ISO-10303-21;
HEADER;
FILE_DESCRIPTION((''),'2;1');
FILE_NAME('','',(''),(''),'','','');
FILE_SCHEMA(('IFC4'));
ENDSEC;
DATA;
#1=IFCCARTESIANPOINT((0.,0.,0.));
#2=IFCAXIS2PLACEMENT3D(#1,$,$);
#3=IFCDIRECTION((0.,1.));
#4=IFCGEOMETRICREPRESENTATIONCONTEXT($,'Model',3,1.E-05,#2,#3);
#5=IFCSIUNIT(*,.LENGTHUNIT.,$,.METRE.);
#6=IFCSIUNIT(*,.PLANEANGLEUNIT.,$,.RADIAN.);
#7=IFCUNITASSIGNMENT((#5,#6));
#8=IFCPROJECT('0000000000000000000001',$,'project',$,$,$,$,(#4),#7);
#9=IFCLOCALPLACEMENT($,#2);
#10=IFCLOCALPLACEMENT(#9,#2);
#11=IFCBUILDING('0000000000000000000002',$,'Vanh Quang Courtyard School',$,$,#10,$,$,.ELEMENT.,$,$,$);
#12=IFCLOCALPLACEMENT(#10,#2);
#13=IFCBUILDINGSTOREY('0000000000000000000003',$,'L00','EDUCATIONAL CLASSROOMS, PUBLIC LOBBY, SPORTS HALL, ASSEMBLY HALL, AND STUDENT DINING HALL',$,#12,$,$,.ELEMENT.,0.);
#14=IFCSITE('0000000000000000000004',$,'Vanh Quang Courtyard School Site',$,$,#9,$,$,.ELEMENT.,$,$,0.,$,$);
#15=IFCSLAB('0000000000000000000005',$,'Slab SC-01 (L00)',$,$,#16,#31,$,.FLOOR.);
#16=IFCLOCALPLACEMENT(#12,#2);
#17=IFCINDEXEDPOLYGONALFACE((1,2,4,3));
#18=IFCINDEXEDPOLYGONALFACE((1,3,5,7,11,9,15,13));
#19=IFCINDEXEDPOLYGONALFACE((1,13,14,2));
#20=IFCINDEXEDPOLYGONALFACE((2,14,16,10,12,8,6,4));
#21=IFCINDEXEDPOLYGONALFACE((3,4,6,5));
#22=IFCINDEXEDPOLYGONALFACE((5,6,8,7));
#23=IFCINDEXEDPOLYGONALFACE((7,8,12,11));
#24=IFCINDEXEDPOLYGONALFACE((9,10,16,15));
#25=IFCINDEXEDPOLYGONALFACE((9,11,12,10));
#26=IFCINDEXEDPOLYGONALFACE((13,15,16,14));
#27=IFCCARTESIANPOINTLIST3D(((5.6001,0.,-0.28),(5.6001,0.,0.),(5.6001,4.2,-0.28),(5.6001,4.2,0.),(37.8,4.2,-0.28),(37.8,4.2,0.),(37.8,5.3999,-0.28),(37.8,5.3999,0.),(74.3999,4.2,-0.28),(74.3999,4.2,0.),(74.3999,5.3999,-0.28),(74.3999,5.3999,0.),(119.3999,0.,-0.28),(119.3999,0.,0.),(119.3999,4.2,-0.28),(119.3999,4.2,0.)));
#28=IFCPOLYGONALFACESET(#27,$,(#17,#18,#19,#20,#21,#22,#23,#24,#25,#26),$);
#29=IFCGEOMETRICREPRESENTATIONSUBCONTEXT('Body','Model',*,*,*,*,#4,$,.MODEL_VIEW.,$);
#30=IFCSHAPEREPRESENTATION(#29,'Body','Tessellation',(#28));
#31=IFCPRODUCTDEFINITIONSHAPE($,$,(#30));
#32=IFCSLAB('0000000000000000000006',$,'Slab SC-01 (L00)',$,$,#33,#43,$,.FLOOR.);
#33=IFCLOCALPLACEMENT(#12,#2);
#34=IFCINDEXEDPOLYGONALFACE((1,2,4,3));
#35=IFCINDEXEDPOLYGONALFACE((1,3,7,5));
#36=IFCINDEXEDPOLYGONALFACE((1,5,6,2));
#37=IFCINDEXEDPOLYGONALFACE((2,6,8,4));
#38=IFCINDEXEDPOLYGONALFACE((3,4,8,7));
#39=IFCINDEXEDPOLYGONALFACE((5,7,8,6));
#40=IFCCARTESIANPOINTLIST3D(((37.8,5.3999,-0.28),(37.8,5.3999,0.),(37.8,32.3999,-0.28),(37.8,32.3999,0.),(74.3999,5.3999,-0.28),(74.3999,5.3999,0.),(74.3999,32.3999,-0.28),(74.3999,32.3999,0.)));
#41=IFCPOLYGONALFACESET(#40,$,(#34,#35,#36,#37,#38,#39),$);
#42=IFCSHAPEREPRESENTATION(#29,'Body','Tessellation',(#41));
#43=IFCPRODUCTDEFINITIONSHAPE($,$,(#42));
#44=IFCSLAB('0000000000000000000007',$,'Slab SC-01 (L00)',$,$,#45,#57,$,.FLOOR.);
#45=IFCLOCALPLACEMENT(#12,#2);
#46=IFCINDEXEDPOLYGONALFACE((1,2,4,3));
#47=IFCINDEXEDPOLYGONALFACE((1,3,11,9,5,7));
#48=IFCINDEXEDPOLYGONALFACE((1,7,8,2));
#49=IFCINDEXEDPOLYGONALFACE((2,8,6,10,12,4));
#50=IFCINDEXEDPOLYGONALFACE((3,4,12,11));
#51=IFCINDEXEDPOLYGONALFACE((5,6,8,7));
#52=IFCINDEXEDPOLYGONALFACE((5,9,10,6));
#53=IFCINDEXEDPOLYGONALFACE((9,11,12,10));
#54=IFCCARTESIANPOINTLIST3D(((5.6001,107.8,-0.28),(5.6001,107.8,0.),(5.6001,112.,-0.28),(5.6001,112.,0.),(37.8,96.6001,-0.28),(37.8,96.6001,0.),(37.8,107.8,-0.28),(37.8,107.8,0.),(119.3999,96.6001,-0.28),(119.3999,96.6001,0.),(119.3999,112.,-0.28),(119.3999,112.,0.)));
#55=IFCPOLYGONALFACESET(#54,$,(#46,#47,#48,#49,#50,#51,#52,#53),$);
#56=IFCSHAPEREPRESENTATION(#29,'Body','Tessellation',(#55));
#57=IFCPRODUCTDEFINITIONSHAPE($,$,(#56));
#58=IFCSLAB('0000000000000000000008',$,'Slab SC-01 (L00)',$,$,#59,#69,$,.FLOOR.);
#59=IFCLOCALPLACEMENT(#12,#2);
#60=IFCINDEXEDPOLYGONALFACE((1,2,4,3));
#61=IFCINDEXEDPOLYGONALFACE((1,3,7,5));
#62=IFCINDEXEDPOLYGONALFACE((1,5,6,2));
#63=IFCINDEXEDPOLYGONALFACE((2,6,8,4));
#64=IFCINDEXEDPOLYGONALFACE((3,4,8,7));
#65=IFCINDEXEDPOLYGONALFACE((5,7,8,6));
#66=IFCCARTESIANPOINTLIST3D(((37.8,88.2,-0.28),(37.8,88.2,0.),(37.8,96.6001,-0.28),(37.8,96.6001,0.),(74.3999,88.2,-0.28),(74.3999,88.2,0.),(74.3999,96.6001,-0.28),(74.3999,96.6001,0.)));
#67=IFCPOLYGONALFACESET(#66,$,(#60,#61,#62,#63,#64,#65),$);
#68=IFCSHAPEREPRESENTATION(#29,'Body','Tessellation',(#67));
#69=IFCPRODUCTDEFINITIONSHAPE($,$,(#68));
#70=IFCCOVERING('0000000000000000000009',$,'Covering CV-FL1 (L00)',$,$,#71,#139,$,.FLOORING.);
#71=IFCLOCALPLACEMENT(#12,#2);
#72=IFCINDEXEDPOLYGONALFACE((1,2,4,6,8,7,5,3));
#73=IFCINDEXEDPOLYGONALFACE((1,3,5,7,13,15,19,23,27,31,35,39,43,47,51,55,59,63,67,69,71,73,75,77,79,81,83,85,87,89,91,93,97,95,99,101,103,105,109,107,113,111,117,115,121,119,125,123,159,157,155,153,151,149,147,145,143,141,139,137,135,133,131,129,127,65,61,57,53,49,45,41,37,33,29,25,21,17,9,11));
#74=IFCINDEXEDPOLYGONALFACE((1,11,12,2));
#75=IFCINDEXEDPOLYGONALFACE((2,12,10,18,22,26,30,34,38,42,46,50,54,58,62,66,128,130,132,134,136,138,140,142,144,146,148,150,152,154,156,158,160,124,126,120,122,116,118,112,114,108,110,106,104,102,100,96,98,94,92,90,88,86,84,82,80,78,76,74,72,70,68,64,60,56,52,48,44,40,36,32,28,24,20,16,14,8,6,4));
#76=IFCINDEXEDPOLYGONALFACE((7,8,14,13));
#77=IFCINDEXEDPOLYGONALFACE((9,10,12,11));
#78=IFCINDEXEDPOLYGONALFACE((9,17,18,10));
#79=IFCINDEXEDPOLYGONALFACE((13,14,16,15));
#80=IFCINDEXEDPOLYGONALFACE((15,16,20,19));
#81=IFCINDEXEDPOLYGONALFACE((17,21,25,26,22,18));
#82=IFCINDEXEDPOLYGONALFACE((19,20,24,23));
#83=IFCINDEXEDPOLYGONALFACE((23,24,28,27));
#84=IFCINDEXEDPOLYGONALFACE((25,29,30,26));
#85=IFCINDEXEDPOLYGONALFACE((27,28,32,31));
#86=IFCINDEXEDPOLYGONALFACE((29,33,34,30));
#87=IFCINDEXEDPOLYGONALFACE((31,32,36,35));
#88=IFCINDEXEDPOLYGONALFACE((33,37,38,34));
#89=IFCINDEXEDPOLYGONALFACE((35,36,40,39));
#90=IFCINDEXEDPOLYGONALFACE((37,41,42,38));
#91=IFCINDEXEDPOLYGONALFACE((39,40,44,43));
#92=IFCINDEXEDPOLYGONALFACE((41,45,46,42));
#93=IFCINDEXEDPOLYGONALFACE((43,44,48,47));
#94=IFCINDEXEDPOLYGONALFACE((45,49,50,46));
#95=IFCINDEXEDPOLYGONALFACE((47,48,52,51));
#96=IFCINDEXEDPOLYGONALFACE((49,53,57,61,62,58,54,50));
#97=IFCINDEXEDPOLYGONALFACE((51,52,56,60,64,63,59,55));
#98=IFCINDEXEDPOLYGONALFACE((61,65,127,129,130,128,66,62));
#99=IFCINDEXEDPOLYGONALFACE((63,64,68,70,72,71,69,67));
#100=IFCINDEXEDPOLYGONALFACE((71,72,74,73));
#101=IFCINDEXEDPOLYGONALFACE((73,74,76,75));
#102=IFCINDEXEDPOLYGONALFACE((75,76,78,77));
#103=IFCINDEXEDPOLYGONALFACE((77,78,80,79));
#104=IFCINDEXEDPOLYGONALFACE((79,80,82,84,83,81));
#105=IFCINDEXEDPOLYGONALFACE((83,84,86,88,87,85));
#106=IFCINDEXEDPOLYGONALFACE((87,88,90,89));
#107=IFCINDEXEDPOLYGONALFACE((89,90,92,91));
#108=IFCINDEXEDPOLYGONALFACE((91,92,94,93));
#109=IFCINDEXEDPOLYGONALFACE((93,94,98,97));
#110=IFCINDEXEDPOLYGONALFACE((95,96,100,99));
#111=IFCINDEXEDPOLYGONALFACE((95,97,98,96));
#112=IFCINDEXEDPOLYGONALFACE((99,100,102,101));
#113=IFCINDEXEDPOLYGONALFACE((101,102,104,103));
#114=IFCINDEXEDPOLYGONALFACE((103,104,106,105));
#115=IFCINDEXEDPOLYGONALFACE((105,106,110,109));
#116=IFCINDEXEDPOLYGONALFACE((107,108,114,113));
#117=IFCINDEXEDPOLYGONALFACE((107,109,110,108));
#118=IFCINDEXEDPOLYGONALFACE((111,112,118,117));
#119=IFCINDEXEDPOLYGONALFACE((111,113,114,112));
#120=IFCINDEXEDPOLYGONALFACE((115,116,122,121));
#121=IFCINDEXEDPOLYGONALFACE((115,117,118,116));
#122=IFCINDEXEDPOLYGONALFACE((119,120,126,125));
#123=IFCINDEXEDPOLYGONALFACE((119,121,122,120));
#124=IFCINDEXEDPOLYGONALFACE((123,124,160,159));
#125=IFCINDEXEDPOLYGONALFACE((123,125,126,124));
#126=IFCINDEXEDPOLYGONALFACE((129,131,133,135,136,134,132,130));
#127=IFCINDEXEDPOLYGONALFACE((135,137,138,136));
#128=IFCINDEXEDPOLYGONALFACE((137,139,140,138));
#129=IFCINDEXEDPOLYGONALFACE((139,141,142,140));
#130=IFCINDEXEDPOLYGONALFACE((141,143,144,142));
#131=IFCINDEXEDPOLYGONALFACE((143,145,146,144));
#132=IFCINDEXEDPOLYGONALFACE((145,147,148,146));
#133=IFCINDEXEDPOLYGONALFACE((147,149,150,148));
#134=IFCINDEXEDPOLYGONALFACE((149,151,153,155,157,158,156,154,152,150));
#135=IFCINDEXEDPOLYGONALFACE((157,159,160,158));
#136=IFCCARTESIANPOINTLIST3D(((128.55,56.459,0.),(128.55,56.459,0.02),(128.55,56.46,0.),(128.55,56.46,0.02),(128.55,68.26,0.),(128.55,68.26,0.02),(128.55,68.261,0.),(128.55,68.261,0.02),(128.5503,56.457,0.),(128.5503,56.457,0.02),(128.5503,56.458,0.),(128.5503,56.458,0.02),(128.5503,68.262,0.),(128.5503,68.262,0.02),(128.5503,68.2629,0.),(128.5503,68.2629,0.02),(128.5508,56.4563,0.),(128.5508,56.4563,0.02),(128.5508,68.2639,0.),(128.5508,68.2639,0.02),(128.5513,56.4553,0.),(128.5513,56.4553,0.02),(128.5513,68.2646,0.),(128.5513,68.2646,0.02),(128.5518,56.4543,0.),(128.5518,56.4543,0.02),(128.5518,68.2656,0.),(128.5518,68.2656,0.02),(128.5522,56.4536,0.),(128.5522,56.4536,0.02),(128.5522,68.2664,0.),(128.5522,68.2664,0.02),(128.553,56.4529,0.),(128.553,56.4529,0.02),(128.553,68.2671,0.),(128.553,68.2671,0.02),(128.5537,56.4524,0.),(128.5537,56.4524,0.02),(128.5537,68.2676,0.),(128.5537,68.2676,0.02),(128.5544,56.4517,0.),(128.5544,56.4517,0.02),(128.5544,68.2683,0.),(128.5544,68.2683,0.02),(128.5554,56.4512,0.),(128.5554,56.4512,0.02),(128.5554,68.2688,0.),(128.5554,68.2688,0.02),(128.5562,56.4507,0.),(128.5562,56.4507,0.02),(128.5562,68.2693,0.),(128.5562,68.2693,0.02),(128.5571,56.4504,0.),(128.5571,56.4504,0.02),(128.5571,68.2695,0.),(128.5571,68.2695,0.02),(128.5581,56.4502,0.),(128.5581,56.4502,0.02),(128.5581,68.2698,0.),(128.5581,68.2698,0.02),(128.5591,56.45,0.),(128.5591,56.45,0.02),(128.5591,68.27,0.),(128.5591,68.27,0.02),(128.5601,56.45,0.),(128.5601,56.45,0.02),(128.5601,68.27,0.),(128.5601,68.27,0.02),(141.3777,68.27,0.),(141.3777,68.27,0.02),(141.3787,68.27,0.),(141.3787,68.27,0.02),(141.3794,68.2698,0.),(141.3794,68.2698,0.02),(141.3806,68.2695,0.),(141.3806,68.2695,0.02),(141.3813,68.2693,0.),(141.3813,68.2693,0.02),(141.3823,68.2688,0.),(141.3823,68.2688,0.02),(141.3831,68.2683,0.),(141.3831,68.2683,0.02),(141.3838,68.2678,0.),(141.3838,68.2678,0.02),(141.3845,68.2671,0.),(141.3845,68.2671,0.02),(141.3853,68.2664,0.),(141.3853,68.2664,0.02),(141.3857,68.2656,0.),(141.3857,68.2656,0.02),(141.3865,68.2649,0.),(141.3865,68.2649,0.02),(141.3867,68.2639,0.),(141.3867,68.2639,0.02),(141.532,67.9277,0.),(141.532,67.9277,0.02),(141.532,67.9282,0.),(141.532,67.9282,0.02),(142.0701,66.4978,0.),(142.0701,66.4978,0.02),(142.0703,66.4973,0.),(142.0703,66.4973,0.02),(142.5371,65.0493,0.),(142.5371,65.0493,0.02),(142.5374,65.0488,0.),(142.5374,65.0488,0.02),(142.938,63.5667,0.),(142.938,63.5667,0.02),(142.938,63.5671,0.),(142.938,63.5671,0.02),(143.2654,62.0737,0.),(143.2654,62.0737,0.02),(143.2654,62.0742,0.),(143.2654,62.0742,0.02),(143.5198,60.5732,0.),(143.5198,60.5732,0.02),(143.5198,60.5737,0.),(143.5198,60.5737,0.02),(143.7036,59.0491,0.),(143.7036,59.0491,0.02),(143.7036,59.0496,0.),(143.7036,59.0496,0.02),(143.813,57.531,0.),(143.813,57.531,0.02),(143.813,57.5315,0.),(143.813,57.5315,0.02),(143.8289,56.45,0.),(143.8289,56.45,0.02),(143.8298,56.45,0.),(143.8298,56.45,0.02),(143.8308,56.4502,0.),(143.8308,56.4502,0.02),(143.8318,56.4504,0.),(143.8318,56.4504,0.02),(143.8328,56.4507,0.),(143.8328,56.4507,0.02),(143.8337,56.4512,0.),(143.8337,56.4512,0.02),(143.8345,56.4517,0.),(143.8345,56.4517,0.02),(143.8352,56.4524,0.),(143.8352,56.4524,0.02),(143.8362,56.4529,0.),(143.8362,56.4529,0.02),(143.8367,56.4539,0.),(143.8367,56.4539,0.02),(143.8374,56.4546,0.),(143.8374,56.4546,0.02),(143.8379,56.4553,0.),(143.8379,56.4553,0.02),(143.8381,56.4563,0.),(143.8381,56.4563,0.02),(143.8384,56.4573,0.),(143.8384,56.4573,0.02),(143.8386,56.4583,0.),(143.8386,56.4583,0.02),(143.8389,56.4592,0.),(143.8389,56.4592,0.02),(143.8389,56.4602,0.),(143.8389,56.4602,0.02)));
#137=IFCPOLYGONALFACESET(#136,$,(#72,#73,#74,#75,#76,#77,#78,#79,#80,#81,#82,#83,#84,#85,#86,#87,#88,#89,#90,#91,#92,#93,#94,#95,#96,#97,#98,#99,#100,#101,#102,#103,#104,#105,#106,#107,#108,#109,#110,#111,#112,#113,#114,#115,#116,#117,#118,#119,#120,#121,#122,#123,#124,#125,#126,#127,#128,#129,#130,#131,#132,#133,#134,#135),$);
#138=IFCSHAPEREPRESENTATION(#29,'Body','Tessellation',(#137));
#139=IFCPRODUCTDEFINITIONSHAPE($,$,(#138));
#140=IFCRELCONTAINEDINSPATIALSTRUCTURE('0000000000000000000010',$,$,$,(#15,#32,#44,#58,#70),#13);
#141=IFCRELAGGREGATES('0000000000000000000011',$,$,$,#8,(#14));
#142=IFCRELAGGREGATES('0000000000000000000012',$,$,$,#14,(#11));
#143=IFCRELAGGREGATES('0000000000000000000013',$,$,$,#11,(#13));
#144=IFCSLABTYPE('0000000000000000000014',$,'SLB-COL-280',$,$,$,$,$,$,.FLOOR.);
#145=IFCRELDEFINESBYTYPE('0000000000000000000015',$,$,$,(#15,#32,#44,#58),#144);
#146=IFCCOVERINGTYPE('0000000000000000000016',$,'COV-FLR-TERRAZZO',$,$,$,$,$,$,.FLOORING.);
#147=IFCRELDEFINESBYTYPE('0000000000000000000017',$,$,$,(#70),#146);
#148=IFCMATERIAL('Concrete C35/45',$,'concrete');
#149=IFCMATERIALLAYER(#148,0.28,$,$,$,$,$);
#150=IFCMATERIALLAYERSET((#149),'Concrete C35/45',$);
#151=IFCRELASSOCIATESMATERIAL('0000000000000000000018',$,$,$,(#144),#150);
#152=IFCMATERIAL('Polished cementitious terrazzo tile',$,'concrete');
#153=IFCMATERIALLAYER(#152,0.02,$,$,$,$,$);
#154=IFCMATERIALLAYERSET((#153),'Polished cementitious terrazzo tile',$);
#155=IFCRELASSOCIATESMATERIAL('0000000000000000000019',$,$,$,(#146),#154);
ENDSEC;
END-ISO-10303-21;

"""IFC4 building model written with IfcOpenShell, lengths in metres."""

from ifc_helpers import new_model, si_unit, direction, frame, origin, place, context, subcontext, project, spatial, polyline, outline, extrude, material, layer, layer_set, type_object, element, save


model = new_model("IFC4")

# Units and contexts
model_context = context("Model", 3, precision=1e-05, world=origin(), true_north=direction((0.0, 1.0)))
body_context = subcontext(model_context, "Body", "Model", "MODEL_VIEW")
ifc_project = project(units=[si_unit("LENGTHUNIT", "METRE"), si_unit("PLANEANGLEUNIT", "RADIAN")], contexts=[model_context])

# Site, building, storey
site_placement = place(None, origin())
site = spatial("IfcSite", under=ifc_project, at=site_placement, Name="Vanh Quang Courtyard School Site", CompositionType="ELEMENT", RefElevation=0.0)
building_placement = place(site_placement, origin())
building = spatial("IfcBuilding", under=site, at=building_placement, Name="Vanh Quang Courtyard School", CompositionType="ELEMENT")
storey_placement = place(building_placement, origin())
storey = spatial("IfcBuildingStorey", under=building, at=storey_placement, Name="L00", Description="EDUCATIONAL CLASSROOMS, PUBLIC LOBBY, SPORTS HALL, ASSEMBLY HALL, AND STUDENT DINING HALL", CompositionType="ELEMENT", Elevation=0.0)

# Slabs
ifc_material_1 = material(Name="Concrete C35/45", Category="concrete")
ifc_layer_1 = layer(ifc_material_1, 0.28)
ifc_layer_set_1 = layer_set([ifc_layer_1], Name="Concrete C35/45")
slab_type = type_object("IfcSlabType", Name="SLB-COL-280", PredefinedType="FLOOR", material=ifc_layer_set_1)
slab_1_placement = place(storey_placement, frame((0.0, 0.0, -0.28)))
element("IfcSlab", 1, at=slab_1_placement, inside=storey, type_object=slab_type, Name="Slab SC-01 (L00)", PredefinedType="FLOOR", context=body_context, shape_type="SweptSolid", body=[
    extrude(outline(polyline([(119.3999, 0.0), (119.3999, 4.2), (74.3999, 4.2), (74.3999, 5.3999), (37.8, 5.3999), (37.8, 4.2), (5.6001, 4.2), (5.6001, 0.0), (119.3999, 0.0)])), origin(), (0.0, 0.0, 1.0), 0.28),
])
slab_2_placement = place(storey_placement, frame((0.0, 0.0, -0.28)))
element("IfcSlab", 2, at=slab_2_placement, inside=storey, type_object=slab_type, Name="Slab SC-01 (L00)", PredefinedType="FLOOR", context=body_context, shape_type="SweptSolid", body=[
    extrude(outline(polyline([(74.3999, 5.3999), (74.3999, 32.3999), (37.8, 32.3999), (37.8, 5.3999), (74.3999, 5.3999)])), origin(), (0.0, 0.0, 1.0), 0.28),
])
slab_3_placement = place(storey_placement, frame((0.0, 0.0, -0.28)))
element("IfcSlab", 3, at=slab_3_placement, inside=storey, type_object=slab_type, Name="Slab SC-01 (L00)", PredefinedType="FLOOR", context=body_context, shape_type="SweptSolid", body=[
    extrude(outline(polyline([(5.6001, 112.0), (5.6001, 107.8), (37.8, 107.8), (37.8, 96.6001), (119.3999, 96.6001), (119.3999, 112.0), (5.6001, 112.0)])), origin(), (0.0, 0.0, 1.0), 0.28),
])
slab_4_placement = place(storey_placement, frame((0.0, 0.0, -0.28)))
element("IfcSlab", 4, at=slab_4_placement, inside=storey, type_object=slab_type, Name="Slab SC-01 (L00)", PredefinedType="FLOOR", context=body_context, shape_type="SweptSolid", body=[
    extrude(outline(polyline([(74.3999, 88.2), (74.3999, 96.6001), (37.8, 96.6001), (37.8, 88.2), (74.3999, 88.2)])), origin(), (0.0, 0.0, 1.0), 0.28),
])

# Covering
ifc_material_2 = material(Name="Polished cementitious terrazzo tile", Category="concrete")
ifc_layer_2 = layer(ifc_material_2, 0.02)
ifc_layer_set_2 = layer_set([ifc_layer_2], Name="Polished cementitious terrazzo tile")
covering_type = type_object("IfcCoveringType", Name="COV-FLR-TERRAZZO", PredefinedType="FLOORING", material=ifc_layer_set_2)
covering_1_placement = place(storey_placement, origin())
element("IfcCovering", 5, at=covering_1_placement, inside=storey, type_object=covering_type, Name="Covering CV-FL1 (L00)", PredefinedType="FLOORING", context=body_context, shape_type="SweptSolid", body=[
    extrude(outline(polyline([(128.5601, 56.45), (128.5591, 56.45), (128.5581, 56.4502), (128.5571, 56.4504), (128.5562, 56.4507), (128.5554, 56.4512), (128.5544, 56.4517), (128.5537, 56.4524), (128.553, 56.4529), (128.5522, 56.4536), (128.5518, 56.4543), (128.5513, 56.4553), (128.5508, 56.4563), (128.5503, 56.457), (128.5503, 56.458), (128.55, 56.459), (128.55, 56.46), (128.55, 68.26), (128.55, 68.261), (128.5503, 68.262), (128.5503, 68.2629), (128.5508, 68.2639), (128.5513, 68.2646), (128.5518, 68.2656), (128.5522, 68.2664), (128.553, 68.2671), (128.5537, 68.2676), (128.5544, 68.2683), (128.5554, 68.2688), (128.5562, 68.2693), (128.5571, 68.2695), (128.5581, 68.2698), (128.5591, 68.27), (128.5601, 68.27), (141.3777, 68.27), (141.3787, 68.27), (141.3794, 68.2698), (141.3806, 68.2695), (141.3813, 68.2693), (141.3823, 68.2688), (141.3831, 68.2683), (141.3838, 68.2678), (141.3845, 68.2671), (141.3853, 68.2664), (141.3857, 68.2656), (141.3865, 68.2649), (141.3867, 68.2639), (141.532, 67.9282), (141.532, 67.9277), (142.0701, 66.4978), (142.0703, 66.4973), (142.5371, 65.0493), (142.5374, 65.0488), (142.938, 63.5671), (142.938, 63.5667), (143.2654, 62.0742), (143.2654, 62.0737), (143.5198, 60.5737), (143.5198, 60.5732), (143.7036, 59.0496), (143.7036, 59.0491), (143.813, 57.5315), (143.813, 57.531), (143.8389, 56.4602), (143.8389, 56.4592), (143.8386, 56.4583), (143.8384, 56.4573), (143.8381, 56.4563), (143.8379, 56.4553), (143.8374, 56.4546), (143.8367, 56.4539), (143.8362, 56.4529), (143.8352, 56.4524), (143.8345, 56.4517), (143.8337, 56.4512), (143.8328, 56.4507), (143.8318, 56.4504), (143.8308, 56.4502), (143.8298, 56.45), (143.8289, 56.45), (128.5601, 56.45)])), origin(), (0.0, 0.0, 1.0), 0.02),
])

save(model, "model.ifc")
